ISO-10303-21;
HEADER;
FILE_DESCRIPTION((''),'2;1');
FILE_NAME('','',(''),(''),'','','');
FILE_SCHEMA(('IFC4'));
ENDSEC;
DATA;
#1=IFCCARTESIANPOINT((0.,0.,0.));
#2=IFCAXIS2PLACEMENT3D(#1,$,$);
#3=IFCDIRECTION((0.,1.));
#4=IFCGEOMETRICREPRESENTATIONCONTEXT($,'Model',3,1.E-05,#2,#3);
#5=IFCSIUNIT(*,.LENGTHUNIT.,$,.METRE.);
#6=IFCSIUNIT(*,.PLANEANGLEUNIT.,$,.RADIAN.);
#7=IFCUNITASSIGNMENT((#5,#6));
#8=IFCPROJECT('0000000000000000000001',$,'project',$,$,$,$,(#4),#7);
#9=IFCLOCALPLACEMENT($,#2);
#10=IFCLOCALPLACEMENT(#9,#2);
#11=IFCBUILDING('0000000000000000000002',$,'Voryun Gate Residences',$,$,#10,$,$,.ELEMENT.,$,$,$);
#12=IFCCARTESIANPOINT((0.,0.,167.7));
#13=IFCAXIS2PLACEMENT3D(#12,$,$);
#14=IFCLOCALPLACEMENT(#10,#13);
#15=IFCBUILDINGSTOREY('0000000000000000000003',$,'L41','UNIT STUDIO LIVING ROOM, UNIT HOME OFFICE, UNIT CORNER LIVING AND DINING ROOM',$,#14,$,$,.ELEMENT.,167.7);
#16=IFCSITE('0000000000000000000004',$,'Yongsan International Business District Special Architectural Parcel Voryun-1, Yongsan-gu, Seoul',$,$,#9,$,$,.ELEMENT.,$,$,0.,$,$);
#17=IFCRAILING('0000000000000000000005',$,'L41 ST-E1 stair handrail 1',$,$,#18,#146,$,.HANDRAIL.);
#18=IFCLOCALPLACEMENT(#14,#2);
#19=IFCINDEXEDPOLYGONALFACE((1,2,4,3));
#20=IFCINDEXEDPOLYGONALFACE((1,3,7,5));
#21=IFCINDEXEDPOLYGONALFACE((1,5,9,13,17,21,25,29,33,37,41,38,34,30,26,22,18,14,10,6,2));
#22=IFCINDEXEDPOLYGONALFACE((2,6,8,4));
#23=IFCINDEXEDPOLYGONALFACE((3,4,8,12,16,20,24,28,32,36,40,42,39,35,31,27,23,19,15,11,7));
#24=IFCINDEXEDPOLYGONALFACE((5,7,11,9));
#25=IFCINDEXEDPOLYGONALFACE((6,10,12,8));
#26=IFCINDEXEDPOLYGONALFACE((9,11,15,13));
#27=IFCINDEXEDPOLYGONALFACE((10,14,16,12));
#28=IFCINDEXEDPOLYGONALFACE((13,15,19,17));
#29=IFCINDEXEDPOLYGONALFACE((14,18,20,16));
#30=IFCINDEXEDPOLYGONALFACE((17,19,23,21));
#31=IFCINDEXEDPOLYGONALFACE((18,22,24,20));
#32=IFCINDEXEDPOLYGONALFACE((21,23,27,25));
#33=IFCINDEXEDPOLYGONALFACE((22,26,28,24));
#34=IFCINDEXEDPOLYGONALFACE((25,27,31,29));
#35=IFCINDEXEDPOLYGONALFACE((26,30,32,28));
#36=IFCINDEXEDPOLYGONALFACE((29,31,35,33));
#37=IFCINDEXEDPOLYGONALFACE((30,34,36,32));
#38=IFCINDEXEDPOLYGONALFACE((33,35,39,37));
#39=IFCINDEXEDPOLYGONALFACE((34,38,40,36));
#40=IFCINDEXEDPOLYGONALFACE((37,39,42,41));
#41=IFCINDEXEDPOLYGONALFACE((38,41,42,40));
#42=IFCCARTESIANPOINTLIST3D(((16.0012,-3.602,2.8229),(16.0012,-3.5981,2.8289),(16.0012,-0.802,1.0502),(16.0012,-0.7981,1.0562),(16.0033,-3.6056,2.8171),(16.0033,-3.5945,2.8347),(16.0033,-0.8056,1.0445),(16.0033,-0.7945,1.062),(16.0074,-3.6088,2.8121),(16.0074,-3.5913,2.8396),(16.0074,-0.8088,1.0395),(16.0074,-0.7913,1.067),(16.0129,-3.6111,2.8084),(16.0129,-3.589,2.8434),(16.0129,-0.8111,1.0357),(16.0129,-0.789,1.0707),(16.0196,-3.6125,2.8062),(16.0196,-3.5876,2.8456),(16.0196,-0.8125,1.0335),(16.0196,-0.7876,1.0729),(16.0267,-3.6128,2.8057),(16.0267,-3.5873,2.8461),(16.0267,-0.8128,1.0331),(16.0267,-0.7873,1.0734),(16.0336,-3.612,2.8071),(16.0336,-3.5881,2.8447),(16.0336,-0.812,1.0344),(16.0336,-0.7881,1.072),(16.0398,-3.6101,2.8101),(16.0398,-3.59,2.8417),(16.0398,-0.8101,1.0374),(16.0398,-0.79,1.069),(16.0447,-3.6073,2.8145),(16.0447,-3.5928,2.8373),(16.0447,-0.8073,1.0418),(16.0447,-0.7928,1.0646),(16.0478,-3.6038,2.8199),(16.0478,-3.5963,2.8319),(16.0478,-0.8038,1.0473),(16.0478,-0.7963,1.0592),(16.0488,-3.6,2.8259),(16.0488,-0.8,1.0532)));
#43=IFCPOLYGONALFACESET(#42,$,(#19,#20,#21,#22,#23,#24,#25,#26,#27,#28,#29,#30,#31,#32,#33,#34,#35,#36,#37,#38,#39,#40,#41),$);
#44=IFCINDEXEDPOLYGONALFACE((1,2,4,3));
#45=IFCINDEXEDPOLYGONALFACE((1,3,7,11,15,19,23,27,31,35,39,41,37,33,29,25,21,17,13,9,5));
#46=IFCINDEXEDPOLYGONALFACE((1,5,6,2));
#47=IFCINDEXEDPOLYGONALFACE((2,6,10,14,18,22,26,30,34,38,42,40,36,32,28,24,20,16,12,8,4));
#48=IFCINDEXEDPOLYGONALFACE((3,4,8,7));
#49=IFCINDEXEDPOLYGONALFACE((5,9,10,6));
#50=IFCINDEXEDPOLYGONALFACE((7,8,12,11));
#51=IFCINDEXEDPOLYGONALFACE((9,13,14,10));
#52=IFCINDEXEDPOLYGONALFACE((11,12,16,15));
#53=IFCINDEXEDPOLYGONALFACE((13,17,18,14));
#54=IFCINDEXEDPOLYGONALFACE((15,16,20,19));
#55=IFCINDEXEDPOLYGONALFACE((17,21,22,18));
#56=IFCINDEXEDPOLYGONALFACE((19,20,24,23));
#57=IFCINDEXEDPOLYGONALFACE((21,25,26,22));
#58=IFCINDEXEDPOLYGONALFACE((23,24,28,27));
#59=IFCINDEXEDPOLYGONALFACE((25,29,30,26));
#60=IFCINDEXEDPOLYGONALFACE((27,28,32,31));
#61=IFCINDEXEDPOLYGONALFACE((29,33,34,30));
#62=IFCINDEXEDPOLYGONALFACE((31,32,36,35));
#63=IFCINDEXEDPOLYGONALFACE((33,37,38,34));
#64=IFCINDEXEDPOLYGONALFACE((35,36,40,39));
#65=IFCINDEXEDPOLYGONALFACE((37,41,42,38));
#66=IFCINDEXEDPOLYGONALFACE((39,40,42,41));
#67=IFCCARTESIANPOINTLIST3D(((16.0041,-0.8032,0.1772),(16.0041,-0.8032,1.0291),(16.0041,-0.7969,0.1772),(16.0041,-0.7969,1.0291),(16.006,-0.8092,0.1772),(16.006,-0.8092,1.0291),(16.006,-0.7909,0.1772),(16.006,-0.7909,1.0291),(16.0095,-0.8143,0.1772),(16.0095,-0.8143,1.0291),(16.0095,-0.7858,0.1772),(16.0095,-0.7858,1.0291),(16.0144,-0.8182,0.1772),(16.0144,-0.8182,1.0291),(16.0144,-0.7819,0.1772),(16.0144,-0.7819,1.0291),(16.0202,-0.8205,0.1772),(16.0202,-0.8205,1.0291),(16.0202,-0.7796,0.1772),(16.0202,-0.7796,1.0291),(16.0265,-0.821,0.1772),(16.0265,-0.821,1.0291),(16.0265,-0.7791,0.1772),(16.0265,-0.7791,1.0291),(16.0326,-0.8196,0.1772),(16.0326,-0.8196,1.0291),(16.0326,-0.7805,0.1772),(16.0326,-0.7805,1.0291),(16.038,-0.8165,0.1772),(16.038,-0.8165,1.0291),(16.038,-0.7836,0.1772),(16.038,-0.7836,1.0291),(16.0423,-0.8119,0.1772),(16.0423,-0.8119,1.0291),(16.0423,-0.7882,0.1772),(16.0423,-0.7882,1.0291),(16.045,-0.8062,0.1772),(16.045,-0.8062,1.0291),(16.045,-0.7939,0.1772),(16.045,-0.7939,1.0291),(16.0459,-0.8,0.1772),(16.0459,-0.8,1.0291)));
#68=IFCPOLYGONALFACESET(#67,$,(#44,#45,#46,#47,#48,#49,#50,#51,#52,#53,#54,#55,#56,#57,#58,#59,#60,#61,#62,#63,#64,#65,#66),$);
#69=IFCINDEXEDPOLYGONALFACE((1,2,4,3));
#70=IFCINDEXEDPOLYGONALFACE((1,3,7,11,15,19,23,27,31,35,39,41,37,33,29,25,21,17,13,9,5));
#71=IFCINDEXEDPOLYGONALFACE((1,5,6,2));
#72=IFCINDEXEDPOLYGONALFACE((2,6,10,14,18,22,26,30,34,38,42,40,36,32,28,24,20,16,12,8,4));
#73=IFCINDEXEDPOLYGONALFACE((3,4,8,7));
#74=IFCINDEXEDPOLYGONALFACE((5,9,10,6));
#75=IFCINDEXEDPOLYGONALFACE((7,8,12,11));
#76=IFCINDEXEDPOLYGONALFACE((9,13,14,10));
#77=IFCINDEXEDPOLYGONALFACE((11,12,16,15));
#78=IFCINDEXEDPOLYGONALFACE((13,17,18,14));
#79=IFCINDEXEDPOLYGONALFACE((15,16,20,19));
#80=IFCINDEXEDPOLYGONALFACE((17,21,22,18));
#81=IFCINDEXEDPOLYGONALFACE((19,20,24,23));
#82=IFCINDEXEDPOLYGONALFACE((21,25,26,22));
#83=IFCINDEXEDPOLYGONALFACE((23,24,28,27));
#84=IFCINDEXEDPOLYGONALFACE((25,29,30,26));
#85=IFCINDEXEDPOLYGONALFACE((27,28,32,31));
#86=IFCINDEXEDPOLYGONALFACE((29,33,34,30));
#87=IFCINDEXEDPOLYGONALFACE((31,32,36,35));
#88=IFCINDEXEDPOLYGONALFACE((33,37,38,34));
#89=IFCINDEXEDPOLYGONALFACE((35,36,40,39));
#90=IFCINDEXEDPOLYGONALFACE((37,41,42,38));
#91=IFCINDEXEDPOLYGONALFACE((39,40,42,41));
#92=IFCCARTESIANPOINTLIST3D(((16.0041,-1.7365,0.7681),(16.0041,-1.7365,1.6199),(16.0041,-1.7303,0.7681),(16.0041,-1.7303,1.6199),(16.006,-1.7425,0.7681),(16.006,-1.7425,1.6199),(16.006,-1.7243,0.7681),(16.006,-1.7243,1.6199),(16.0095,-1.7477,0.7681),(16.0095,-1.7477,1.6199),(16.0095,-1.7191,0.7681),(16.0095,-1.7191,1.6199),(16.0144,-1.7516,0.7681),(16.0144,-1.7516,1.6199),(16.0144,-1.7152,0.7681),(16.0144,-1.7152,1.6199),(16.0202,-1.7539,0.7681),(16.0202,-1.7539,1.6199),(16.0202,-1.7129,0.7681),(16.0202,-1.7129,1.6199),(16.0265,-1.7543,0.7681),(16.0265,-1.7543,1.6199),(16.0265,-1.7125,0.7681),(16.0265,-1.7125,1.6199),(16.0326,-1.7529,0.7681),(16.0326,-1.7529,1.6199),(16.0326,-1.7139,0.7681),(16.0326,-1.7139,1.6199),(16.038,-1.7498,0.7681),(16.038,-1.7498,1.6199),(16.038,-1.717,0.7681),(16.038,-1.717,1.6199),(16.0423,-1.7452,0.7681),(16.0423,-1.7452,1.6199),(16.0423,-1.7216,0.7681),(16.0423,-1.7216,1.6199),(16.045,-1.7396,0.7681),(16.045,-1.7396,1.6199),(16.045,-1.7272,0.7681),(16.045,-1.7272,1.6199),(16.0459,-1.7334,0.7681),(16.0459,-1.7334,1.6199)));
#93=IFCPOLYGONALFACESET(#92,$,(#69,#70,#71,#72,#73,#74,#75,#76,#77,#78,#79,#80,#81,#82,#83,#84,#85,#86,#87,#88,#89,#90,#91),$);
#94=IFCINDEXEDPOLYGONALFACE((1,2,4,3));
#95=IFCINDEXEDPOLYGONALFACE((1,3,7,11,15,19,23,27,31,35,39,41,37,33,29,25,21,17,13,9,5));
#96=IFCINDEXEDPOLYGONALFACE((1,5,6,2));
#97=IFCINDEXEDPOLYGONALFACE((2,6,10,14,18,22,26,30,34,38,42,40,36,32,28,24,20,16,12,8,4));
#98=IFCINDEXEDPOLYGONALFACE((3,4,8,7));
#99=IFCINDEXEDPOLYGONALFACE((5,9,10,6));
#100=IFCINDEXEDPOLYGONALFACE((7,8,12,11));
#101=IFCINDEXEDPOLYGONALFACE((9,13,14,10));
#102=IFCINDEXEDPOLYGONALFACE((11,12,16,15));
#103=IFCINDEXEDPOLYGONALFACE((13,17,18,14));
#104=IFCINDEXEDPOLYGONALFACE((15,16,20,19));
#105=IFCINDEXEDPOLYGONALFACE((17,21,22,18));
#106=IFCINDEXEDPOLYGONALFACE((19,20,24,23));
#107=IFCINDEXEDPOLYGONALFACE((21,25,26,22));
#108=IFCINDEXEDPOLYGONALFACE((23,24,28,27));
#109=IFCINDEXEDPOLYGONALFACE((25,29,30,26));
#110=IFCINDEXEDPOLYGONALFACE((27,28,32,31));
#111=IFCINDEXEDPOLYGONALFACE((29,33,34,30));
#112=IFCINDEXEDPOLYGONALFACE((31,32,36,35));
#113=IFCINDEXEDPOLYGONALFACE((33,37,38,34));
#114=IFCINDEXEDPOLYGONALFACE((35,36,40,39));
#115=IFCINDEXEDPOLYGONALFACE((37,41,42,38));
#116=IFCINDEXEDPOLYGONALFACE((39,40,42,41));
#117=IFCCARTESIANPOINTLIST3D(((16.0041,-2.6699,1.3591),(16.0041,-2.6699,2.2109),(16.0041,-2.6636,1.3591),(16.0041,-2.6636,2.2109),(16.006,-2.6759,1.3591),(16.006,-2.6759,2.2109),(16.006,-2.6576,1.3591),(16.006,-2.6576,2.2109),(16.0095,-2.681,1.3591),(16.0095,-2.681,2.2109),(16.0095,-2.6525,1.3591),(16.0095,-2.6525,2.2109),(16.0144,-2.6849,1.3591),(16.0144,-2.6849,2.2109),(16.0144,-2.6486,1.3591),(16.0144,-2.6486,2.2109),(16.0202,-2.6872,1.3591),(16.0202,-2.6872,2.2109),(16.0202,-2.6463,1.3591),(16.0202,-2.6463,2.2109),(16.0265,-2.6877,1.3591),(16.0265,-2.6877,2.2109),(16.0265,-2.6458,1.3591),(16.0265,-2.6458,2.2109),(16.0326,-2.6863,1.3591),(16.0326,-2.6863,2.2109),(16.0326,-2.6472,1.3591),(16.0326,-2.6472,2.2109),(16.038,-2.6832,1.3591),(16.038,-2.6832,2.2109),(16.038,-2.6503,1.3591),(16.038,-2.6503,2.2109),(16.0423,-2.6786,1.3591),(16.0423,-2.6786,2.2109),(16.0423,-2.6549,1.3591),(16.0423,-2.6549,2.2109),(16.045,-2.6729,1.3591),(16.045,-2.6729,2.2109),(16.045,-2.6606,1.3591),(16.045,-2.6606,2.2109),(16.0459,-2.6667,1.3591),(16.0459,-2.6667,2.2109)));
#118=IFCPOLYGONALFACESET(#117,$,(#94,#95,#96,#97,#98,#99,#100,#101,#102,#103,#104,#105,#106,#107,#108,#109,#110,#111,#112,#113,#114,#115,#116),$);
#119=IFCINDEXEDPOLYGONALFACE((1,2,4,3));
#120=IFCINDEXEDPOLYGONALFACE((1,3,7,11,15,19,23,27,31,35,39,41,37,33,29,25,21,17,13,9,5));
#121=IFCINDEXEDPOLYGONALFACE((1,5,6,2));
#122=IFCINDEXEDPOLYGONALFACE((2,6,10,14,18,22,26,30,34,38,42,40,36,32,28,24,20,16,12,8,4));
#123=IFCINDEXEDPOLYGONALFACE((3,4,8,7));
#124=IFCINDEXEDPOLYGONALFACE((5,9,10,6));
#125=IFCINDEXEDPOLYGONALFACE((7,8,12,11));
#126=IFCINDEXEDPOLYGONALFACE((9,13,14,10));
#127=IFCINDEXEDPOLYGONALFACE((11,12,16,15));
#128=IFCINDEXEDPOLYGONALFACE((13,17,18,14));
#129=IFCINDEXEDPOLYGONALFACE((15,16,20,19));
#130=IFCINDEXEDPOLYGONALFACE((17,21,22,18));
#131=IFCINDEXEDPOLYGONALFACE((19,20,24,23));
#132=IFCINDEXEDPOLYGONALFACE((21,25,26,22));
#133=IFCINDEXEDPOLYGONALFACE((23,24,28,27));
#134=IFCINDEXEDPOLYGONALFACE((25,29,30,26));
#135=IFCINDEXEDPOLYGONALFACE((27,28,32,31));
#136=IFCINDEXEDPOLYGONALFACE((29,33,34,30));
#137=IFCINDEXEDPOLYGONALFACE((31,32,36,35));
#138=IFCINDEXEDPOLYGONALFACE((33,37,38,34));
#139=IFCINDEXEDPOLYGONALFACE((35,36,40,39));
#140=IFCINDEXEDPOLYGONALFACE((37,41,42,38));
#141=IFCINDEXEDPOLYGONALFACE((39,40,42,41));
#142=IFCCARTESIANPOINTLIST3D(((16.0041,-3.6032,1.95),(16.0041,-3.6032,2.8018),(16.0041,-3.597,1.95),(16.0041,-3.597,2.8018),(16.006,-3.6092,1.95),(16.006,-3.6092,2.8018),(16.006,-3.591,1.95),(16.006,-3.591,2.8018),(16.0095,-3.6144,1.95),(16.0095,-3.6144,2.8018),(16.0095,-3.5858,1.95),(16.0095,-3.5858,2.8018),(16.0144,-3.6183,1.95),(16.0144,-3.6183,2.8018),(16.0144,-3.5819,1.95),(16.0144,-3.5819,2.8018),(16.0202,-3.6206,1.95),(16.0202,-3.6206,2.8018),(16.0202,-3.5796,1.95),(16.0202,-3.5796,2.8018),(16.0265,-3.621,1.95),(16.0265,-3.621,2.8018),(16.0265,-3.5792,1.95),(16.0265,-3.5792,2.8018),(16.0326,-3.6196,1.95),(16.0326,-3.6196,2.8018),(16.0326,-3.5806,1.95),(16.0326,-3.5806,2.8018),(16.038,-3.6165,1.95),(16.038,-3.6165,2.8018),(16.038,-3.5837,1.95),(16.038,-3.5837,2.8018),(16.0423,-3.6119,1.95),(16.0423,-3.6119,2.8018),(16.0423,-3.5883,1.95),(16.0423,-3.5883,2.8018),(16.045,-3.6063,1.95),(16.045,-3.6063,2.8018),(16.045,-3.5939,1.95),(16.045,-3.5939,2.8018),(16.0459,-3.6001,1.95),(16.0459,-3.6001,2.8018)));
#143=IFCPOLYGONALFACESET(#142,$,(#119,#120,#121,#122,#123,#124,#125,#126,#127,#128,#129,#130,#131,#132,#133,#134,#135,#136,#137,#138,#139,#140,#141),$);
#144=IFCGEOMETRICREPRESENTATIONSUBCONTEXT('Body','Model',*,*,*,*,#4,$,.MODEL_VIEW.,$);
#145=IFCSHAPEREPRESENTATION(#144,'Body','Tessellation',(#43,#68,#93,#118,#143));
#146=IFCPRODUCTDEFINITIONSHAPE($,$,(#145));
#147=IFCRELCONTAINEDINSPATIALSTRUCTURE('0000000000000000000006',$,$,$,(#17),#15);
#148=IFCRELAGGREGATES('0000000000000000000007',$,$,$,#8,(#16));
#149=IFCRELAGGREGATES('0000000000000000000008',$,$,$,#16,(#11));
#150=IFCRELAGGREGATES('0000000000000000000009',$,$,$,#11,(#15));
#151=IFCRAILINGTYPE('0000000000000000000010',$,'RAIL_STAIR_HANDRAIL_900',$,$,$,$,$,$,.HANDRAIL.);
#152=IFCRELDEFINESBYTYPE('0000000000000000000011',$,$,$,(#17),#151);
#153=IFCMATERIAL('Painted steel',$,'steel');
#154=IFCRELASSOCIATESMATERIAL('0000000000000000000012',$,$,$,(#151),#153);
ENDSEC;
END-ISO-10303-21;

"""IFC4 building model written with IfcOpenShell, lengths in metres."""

from ifc_helpers import new_model, si_unit, direction, frame, origin, origin_2d, place, context, subcontext, project, spatial, circle, extrude, material, type_object, element, save


model = new_model("IFC4")

# Units and contexts
model_context = context("Model", 3, precision=1e-05, world=origin(), true_north=direction((0.0, 1.0)))
body_context = subcontext(model_context, "Body", "Model", "MODEL_VIEW")
ifc_project = project(units=[si_unit("LENGTHUNIT", "METRE"), si_unit("PLANEANGLEUNIT", "RADIAN")], contexts=[model_context])

# Site, building, storey
site_placement = place(None, origin())
site = spatial("IfcSite", under=ifc_project, at=site_placement, Name="Yongsan International Business District Special Architectural Parcel Voryun-1, Yongsan-gu, Seoul", CompositionType="ELEMENT", RefElevation=0.0)
building_placement = place(site_placement, origin())
building = spatial("IfcBuilding", under=site, at=building_placement, Name="Voryun Gate Residences", CompositionType="ELEMENT")
storey_placement = place(building_placement, frame((0.0, 0.0, 167.7)))
storey = spatial("IfcBuildingStorey", under=building, at=storey_placement, Name="L41", Description="UNIT STUDIO LIVING ROOM, UNIT HOME OFFICE, UNIT CORNER LIVING AND DINING ROOM", CompositionType="ELEMENT", Elevation=167.7)

# Railing
ifc_material_1 = material(Name="Painted steel", Category="steel")
railing_type_1 = type_object("IfcRailingType", Name="RAIL_STAIR_HANDRAIL_900", PredefinedType="HANDRAIL", material=ifc_material_1)
railing_1_placement = place(storey_placement, frame((16.0249, -0.8, 0.1772)))
element("IfcRailing", 1, at=railing_1_placement, inside=storey, type_object=railing_type_1, Name="L41 ST-E1 stair handrail 1", PredefinedType="HANDRAIL", context=body_context, shape_type="SweptSolid", body=[
    extrude(circle(Radius=0.0239, at=origin_2d()), frame((0.0, 0.0, 0.876), z_axis=(0.0, -0.844909, 0.53491), x_axis=(1.0, 0.0, 0.0)), (0.0, 0.0, 1.0), 3.314),
    extrude(circle(Radius=0.021, at=origin_2d()), origin(), (0.0, 0.0, 1.0), 0.8518),
    extrude(circle(Radius=0.021, at=origin_2d()), frame((0.0, -0.9333, 0.5908)), (0.0, 0.0, 1.0), 0.8518),
    extrude(circle(Radius=0.021, at=origin_2d()), frame((0.0, -1.8667, 1.1819)), (0.0, 0.0, 1.0), 0.8518),
    extrude(circle(Radius=0.021, at=origin_2d()), frame((0.0, -2.8, 1.7727)), (0.0, 0.0, 1.0), 0.8518),
])

save(model, "model.ifc")
